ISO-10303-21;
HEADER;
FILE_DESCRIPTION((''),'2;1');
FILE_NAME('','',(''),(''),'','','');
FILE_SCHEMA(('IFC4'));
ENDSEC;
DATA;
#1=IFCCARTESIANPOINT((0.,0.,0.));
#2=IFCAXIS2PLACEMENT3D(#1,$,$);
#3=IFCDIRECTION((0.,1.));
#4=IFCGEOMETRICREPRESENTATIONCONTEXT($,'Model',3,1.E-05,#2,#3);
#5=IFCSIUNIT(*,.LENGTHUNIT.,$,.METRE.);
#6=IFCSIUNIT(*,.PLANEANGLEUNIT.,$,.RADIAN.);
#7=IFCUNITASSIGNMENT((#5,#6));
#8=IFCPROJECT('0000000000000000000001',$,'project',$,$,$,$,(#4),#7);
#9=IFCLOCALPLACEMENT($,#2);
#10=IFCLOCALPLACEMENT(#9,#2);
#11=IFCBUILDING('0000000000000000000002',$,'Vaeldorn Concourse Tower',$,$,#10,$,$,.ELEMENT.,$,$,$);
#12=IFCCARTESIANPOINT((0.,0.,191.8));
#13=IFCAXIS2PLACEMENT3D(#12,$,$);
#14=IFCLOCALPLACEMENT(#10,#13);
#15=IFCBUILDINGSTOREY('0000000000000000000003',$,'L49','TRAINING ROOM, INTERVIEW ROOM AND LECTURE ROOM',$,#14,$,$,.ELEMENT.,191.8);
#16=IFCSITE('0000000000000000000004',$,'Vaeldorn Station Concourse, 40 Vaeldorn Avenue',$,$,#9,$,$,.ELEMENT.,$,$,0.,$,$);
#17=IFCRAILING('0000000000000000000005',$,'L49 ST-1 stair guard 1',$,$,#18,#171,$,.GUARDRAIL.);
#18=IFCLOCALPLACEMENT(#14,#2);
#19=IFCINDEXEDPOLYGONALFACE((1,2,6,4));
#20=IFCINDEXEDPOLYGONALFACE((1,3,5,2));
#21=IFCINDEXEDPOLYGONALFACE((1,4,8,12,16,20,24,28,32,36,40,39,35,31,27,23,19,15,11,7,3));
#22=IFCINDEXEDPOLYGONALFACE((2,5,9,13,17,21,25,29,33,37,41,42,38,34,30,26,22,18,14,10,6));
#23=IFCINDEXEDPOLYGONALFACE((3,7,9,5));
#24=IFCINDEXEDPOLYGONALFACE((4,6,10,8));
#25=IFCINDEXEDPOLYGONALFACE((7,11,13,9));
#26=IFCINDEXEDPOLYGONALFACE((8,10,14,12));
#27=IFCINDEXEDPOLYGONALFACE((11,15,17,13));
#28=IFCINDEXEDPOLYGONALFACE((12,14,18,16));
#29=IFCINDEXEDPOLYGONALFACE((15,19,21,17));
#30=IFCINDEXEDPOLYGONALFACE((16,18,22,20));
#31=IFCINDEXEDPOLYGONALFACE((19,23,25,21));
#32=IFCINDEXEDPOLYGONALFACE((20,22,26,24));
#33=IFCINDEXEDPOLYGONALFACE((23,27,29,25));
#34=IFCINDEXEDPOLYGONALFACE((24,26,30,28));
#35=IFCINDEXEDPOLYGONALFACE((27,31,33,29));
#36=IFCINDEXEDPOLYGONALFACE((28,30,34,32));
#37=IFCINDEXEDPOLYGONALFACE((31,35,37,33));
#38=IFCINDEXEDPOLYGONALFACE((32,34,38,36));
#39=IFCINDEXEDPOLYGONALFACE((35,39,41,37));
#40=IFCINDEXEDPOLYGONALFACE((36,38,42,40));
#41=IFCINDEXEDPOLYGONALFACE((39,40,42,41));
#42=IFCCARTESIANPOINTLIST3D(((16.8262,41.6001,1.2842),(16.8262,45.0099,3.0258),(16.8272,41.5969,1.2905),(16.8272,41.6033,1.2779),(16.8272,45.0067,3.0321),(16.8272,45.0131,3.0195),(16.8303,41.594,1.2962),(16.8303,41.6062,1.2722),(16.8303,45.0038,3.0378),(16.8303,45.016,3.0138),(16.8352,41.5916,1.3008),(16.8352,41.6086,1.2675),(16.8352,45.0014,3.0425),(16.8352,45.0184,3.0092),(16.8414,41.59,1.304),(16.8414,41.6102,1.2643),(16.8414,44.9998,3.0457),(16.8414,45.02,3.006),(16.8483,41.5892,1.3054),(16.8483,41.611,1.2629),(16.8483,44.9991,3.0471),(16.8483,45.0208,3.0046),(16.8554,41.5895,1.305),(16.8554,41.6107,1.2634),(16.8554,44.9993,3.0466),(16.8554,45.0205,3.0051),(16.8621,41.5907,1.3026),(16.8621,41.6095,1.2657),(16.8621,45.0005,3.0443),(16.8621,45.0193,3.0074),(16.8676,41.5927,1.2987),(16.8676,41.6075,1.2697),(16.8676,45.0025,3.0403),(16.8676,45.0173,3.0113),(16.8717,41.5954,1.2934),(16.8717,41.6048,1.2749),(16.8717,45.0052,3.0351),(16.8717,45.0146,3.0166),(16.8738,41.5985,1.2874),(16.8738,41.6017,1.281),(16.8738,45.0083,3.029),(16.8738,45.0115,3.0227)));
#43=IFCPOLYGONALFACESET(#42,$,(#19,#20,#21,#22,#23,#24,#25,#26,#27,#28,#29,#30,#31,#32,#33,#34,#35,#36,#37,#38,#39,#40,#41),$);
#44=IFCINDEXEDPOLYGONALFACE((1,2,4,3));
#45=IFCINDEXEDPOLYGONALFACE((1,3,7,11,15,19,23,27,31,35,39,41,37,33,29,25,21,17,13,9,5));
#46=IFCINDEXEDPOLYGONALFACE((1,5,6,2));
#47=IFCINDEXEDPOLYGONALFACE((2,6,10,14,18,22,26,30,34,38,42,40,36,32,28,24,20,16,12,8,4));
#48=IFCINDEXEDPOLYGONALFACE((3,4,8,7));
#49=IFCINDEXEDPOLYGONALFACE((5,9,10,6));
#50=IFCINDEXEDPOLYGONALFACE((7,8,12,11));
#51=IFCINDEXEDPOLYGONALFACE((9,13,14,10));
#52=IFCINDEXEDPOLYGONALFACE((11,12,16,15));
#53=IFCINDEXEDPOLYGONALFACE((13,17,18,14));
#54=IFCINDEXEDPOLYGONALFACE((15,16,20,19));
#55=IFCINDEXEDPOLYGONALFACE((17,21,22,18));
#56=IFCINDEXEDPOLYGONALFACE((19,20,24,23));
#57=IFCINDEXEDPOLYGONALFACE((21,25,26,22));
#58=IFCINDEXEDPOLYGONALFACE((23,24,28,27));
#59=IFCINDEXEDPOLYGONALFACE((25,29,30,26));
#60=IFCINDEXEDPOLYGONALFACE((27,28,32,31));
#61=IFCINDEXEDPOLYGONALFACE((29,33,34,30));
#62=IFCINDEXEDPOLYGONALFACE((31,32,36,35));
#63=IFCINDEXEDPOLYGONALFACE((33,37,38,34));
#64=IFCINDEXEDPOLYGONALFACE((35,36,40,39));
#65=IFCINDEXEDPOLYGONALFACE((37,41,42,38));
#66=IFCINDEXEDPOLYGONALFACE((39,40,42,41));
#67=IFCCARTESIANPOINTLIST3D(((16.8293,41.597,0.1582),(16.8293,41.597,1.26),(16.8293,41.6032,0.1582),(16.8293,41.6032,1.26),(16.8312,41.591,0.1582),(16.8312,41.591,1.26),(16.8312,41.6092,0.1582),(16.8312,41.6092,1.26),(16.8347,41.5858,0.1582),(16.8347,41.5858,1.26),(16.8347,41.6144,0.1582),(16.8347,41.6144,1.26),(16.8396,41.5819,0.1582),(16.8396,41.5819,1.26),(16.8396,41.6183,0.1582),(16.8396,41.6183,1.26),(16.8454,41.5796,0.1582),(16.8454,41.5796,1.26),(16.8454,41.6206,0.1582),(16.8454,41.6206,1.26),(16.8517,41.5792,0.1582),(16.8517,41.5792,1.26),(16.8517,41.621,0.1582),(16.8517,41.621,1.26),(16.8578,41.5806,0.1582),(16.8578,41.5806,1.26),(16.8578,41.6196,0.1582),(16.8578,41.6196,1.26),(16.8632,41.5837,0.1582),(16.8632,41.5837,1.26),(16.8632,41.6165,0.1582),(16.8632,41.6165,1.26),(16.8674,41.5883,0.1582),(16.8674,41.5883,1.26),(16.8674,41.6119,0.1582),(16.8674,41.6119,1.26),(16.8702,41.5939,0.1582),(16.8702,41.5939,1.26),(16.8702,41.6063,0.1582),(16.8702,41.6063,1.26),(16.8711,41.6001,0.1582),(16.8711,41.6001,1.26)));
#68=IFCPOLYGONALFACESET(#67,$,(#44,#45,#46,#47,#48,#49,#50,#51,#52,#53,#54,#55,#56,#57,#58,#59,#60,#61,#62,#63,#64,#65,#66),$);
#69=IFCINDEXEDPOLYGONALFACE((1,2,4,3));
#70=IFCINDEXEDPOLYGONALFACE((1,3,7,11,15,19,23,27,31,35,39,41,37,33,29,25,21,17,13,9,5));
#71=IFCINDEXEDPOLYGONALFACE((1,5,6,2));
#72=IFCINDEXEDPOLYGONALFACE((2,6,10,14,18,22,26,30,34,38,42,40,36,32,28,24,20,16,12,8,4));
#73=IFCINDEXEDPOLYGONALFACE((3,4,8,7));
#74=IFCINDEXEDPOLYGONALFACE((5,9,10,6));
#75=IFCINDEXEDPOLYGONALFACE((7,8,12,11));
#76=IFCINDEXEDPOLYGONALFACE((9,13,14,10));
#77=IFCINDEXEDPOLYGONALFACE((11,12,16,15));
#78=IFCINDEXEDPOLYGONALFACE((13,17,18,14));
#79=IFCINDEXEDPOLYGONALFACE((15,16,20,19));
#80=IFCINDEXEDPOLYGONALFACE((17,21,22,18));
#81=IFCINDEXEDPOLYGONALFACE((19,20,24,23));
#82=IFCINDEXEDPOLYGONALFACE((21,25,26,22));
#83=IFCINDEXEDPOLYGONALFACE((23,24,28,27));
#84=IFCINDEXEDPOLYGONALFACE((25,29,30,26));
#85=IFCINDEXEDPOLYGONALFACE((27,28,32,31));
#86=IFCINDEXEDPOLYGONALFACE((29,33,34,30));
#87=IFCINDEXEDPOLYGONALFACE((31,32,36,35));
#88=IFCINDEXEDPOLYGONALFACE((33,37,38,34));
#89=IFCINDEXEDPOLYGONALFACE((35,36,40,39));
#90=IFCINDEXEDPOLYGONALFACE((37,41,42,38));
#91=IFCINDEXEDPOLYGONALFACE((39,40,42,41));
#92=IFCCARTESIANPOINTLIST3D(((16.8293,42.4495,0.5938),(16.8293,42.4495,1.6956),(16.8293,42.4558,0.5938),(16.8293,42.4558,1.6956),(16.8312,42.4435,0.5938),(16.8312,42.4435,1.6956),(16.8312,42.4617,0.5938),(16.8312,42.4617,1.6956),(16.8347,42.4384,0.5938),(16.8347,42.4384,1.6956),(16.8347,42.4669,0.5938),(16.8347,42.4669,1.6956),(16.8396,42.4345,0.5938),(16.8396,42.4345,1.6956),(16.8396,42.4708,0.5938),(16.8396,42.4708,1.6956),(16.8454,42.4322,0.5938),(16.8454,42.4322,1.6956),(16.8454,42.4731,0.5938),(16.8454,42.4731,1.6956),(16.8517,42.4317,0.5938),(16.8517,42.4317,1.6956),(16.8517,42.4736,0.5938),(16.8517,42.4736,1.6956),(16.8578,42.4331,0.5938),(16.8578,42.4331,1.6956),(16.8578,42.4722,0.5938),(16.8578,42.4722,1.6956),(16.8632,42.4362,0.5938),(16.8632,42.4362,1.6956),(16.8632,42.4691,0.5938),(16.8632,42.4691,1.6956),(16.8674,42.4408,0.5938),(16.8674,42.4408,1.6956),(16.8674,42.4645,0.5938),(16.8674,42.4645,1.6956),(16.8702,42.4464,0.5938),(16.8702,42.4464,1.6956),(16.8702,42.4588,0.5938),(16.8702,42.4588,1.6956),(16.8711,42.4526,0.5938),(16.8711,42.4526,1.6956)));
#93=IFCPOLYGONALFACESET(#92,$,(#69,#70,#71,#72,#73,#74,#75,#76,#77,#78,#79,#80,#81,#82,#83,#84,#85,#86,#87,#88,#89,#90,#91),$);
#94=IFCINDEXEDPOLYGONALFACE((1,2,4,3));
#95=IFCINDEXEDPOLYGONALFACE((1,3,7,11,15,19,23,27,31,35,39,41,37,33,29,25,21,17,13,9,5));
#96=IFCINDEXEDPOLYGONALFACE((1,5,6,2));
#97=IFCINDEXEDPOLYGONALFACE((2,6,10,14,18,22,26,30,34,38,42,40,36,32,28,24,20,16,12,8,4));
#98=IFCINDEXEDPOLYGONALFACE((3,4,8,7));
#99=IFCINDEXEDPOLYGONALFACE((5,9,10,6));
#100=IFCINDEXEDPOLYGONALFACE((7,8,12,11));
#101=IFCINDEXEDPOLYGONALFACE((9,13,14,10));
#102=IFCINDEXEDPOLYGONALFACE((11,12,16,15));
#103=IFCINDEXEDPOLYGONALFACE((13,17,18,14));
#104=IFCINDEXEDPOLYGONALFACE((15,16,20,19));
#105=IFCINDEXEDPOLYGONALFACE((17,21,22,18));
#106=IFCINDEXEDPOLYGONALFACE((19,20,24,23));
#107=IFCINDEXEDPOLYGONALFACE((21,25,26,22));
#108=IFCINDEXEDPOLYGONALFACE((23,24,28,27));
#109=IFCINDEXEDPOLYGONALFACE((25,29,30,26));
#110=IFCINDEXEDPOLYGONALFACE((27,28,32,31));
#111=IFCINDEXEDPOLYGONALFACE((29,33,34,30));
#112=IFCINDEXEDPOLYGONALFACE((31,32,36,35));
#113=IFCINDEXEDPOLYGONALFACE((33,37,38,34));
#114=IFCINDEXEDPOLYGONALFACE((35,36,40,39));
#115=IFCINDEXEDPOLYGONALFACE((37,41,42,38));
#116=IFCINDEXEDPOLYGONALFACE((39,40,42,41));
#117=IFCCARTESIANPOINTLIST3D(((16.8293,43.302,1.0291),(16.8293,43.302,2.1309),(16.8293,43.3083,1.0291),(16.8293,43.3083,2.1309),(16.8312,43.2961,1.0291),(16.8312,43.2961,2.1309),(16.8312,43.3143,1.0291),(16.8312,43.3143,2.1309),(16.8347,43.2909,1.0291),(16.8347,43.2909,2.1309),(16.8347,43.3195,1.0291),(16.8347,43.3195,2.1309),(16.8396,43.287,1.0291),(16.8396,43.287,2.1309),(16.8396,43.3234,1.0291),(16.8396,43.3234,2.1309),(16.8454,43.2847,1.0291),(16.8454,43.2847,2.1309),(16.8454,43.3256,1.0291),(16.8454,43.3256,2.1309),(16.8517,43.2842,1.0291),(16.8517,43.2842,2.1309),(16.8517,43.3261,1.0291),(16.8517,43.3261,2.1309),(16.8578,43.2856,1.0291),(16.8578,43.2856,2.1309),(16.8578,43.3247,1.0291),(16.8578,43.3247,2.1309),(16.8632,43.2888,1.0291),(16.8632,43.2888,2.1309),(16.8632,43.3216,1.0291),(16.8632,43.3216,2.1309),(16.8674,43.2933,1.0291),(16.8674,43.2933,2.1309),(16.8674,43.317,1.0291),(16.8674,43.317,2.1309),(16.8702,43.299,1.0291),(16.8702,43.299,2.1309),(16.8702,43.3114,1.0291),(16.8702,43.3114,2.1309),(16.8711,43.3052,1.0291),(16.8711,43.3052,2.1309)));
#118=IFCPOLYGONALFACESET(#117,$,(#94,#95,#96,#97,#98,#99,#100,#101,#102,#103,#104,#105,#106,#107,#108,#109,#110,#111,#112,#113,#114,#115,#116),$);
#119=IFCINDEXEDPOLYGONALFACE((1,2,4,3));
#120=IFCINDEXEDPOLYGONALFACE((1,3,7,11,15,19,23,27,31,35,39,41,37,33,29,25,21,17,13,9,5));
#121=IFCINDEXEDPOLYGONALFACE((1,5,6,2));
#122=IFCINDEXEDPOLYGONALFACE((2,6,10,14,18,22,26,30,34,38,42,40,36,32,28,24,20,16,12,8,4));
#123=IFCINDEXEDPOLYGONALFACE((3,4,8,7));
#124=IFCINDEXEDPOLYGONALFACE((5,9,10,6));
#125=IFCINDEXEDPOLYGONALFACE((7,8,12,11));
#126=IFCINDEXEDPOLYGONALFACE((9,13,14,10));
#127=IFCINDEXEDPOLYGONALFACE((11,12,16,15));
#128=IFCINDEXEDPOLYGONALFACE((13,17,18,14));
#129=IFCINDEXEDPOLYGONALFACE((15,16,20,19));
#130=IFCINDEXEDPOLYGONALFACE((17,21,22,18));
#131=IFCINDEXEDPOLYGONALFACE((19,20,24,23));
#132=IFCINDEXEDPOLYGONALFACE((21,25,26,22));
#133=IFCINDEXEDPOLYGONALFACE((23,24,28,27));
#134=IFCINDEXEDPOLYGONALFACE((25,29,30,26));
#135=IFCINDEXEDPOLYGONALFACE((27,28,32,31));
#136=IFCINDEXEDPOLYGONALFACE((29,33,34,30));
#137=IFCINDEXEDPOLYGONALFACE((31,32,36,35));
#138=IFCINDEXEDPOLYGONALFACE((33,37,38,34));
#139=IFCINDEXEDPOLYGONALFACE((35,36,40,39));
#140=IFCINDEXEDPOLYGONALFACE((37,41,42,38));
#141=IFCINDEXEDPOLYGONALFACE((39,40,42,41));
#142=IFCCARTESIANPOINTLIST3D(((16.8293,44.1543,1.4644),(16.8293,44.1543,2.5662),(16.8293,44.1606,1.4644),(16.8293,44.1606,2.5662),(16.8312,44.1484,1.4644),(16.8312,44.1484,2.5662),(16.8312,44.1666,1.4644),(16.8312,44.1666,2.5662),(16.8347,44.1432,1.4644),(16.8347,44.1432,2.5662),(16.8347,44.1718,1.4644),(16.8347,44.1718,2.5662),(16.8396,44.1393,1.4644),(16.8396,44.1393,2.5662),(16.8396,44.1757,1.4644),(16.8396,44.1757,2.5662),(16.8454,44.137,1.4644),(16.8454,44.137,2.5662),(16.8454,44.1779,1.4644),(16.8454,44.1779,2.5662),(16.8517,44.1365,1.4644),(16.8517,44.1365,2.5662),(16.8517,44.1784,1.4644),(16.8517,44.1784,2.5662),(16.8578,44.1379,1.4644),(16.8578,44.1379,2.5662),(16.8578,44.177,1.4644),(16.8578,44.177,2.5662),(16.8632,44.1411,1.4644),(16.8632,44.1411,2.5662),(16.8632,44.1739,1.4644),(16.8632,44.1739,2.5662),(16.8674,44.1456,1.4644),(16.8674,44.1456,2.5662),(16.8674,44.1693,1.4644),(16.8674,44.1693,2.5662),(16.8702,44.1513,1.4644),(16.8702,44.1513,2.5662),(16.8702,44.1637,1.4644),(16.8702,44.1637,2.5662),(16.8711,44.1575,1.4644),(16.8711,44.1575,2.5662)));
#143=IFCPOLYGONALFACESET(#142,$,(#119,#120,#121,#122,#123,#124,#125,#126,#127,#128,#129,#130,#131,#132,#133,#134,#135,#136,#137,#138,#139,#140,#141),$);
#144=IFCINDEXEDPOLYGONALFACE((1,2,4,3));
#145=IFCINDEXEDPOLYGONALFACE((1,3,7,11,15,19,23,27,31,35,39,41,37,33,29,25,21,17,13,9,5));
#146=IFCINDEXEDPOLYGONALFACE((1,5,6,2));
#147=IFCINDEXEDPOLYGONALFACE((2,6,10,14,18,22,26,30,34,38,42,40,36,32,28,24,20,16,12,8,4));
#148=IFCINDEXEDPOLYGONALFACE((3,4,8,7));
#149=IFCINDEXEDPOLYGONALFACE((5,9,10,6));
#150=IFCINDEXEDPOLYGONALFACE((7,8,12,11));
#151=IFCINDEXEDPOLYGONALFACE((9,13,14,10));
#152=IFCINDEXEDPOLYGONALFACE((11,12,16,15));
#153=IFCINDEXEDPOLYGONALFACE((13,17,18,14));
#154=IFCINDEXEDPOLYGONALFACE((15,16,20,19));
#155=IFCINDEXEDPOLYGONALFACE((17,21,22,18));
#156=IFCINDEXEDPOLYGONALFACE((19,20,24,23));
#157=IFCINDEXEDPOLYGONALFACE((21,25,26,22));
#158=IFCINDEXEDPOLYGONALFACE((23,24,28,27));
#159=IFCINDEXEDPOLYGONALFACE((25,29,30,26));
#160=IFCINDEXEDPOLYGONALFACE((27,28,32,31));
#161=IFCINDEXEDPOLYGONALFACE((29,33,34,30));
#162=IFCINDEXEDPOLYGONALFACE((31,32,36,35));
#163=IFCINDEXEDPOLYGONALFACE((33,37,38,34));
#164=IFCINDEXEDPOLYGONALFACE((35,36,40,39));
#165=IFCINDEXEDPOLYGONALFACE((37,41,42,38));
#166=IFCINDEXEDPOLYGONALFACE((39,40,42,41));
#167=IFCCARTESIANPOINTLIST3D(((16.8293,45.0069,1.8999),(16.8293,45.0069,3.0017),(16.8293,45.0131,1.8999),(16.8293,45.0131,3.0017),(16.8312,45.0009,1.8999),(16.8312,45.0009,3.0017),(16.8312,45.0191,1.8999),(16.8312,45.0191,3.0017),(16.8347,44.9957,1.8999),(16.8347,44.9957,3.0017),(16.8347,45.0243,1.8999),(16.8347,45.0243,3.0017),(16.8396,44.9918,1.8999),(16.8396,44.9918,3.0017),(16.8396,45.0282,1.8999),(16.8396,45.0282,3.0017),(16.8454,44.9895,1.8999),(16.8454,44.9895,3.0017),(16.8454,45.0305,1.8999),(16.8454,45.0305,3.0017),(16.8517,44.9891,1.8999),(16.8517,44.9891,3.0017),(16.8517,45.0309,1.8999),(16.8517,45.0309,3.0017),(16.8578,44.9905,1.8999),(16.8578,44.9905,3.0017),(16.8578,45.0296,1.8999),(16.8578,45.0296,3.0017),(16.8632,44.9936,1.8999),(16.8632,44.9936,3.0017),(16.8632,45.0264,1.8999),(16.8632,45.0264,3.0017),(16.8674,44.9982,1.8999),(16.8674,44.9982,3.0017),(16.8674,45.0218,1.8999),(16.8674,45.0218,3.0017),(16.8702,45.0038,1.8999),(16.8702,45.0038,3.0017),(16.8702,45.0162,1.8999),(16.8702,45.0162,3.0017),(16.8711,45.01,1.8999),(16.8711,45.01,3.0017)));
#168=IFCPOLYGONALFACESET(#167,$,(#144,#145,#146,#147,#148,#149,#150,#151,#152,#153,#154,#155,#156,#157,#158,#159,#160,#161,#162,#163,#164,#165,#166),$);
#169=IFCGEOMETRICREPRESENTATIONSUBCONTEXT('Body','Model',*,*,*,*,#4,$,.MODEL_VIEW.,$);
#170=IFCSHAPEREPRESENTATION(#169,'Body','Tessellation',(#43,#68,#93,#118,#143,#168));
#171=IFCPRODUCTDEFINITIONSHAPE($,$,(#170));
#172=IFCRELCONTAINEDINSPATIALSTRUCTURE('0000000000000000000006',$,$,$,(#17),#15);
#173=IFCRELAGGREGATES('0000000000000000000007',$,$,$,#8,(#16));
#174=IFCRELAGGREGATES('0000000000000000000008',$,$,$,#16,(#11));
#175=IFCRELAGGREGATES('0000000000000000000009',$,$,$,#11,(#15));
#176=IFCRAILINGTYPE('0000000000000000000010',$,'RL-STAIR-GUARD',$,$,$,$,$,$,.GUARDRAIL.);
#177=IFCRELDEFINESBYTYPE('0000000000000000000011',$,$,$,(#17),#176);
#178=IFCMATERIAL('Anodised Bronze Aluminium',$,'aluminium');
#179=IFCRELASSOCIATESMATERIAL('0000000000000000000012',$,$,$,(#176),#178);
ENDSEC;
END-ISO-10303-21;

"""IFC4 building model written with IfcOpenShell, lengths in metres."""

from ifc_helpers import new_model, si_unit, direction, frame, origin, origin_2d, place, context, subcontext, project, spatial, circle, extrude, material, type_object, element, save


model = new_model("IFC4")

# Units and contexts
model_context = context("Model", 3, precision=1e-05, world=origin(), true_north=direction((0.0, 1.0)))
body_context = subcontext(model_context, "Body", "Model", "MODEL_VIEW")
ifc_project = project(units=[si_unit("LENGTHUNIT", "METRE"), si_unit("PLANEANGLEUNIT", "RADIAN")], contexts=[model_context])

# Site, building, storey
site_placement = place(None, origin())
site = spatial("IfcSite", under=ifc_project, at=site_placement, Name="Vaeldorn Station Concourse, 40 Vaeldorn Avenue", CompositionType="ELEMENT", RefElevation=0.0)
building_placement = place(site_placement, origin())
building = spatial("IfcBuilding", under=site, at=building_placement, Name="Vaeldorn Concourse Tower", CompositionType="ELEMENT")
storey_placement = place(building_placement, frame((0.0, 0.0, 191.8)))
storey = spatial("IfcBuildingStorey", under=building, at=storey_placement, Name="L49", Description="TRAINING ROOM, INTERVIEW ROOM AND LECTURE ROOM", CompositionType="ELEMENT", Elevation=191.8)

# Shared definitions
ifc_material_1 = material(Name="Anodised Bronze Aluminium", Category="aluminium")

# Railing
railing_type_1 = type_object("IfcRailingType", Name="RL-STAIR-GUARD", PredefinedType="GUARDRAIL", material=ifc_material_1)
railing_1_placement = place(storey_placement, frame((16.8501, 41.6001, 0.1582)))
element("IfcRailing", 1, at=railing_1_placement, inside=storey, type_object=railing_type_1, Name="L49 ST-1 stair guard 1", PredefinedType="GUARDRAIL", context=body_context, shape_type="SweptSolid", body=[
    extrude(circle(Radius=0.0239, at=origin_2d()), frame((0.0, 0.0, 1.126), z_axis=(0.0, 0.890556, 0.454874), x_axis=(-1.0, 0.0, 0.0)), (0.0, 0.0, 1.0), 3.8289),
    extrude(circle(Radius=0.021, at=origin_2d()), origin(), (0.0, 0.0, 1.0), 1.1018),
    extrude(circle(Radius=0.021, at=origin_2d()), frame((0.0, 0.8525, 0.4355)), (0.0, 0.0, 1.0), 1.1018),
    extrude(circle(Radius=0.021, at=origin_2d()), frame((0.0, 1.7051, 0.8708)), (0.0, 0.0, 1.0), 1.1018),
    extrude(circle(Radius=0.021, at=origin_2d()), frame((0.0, 2.5574, 1.3062)), (0.0, 0.0, 1.0), 1.1018),
    extrude(circle(Radius=0.021, at=origin_2d()), frame((0.0, 3.4099, 1.7417)), (0.0, 0.0, 1.0), 1.1018),
])

save(model, "model.ifc")
